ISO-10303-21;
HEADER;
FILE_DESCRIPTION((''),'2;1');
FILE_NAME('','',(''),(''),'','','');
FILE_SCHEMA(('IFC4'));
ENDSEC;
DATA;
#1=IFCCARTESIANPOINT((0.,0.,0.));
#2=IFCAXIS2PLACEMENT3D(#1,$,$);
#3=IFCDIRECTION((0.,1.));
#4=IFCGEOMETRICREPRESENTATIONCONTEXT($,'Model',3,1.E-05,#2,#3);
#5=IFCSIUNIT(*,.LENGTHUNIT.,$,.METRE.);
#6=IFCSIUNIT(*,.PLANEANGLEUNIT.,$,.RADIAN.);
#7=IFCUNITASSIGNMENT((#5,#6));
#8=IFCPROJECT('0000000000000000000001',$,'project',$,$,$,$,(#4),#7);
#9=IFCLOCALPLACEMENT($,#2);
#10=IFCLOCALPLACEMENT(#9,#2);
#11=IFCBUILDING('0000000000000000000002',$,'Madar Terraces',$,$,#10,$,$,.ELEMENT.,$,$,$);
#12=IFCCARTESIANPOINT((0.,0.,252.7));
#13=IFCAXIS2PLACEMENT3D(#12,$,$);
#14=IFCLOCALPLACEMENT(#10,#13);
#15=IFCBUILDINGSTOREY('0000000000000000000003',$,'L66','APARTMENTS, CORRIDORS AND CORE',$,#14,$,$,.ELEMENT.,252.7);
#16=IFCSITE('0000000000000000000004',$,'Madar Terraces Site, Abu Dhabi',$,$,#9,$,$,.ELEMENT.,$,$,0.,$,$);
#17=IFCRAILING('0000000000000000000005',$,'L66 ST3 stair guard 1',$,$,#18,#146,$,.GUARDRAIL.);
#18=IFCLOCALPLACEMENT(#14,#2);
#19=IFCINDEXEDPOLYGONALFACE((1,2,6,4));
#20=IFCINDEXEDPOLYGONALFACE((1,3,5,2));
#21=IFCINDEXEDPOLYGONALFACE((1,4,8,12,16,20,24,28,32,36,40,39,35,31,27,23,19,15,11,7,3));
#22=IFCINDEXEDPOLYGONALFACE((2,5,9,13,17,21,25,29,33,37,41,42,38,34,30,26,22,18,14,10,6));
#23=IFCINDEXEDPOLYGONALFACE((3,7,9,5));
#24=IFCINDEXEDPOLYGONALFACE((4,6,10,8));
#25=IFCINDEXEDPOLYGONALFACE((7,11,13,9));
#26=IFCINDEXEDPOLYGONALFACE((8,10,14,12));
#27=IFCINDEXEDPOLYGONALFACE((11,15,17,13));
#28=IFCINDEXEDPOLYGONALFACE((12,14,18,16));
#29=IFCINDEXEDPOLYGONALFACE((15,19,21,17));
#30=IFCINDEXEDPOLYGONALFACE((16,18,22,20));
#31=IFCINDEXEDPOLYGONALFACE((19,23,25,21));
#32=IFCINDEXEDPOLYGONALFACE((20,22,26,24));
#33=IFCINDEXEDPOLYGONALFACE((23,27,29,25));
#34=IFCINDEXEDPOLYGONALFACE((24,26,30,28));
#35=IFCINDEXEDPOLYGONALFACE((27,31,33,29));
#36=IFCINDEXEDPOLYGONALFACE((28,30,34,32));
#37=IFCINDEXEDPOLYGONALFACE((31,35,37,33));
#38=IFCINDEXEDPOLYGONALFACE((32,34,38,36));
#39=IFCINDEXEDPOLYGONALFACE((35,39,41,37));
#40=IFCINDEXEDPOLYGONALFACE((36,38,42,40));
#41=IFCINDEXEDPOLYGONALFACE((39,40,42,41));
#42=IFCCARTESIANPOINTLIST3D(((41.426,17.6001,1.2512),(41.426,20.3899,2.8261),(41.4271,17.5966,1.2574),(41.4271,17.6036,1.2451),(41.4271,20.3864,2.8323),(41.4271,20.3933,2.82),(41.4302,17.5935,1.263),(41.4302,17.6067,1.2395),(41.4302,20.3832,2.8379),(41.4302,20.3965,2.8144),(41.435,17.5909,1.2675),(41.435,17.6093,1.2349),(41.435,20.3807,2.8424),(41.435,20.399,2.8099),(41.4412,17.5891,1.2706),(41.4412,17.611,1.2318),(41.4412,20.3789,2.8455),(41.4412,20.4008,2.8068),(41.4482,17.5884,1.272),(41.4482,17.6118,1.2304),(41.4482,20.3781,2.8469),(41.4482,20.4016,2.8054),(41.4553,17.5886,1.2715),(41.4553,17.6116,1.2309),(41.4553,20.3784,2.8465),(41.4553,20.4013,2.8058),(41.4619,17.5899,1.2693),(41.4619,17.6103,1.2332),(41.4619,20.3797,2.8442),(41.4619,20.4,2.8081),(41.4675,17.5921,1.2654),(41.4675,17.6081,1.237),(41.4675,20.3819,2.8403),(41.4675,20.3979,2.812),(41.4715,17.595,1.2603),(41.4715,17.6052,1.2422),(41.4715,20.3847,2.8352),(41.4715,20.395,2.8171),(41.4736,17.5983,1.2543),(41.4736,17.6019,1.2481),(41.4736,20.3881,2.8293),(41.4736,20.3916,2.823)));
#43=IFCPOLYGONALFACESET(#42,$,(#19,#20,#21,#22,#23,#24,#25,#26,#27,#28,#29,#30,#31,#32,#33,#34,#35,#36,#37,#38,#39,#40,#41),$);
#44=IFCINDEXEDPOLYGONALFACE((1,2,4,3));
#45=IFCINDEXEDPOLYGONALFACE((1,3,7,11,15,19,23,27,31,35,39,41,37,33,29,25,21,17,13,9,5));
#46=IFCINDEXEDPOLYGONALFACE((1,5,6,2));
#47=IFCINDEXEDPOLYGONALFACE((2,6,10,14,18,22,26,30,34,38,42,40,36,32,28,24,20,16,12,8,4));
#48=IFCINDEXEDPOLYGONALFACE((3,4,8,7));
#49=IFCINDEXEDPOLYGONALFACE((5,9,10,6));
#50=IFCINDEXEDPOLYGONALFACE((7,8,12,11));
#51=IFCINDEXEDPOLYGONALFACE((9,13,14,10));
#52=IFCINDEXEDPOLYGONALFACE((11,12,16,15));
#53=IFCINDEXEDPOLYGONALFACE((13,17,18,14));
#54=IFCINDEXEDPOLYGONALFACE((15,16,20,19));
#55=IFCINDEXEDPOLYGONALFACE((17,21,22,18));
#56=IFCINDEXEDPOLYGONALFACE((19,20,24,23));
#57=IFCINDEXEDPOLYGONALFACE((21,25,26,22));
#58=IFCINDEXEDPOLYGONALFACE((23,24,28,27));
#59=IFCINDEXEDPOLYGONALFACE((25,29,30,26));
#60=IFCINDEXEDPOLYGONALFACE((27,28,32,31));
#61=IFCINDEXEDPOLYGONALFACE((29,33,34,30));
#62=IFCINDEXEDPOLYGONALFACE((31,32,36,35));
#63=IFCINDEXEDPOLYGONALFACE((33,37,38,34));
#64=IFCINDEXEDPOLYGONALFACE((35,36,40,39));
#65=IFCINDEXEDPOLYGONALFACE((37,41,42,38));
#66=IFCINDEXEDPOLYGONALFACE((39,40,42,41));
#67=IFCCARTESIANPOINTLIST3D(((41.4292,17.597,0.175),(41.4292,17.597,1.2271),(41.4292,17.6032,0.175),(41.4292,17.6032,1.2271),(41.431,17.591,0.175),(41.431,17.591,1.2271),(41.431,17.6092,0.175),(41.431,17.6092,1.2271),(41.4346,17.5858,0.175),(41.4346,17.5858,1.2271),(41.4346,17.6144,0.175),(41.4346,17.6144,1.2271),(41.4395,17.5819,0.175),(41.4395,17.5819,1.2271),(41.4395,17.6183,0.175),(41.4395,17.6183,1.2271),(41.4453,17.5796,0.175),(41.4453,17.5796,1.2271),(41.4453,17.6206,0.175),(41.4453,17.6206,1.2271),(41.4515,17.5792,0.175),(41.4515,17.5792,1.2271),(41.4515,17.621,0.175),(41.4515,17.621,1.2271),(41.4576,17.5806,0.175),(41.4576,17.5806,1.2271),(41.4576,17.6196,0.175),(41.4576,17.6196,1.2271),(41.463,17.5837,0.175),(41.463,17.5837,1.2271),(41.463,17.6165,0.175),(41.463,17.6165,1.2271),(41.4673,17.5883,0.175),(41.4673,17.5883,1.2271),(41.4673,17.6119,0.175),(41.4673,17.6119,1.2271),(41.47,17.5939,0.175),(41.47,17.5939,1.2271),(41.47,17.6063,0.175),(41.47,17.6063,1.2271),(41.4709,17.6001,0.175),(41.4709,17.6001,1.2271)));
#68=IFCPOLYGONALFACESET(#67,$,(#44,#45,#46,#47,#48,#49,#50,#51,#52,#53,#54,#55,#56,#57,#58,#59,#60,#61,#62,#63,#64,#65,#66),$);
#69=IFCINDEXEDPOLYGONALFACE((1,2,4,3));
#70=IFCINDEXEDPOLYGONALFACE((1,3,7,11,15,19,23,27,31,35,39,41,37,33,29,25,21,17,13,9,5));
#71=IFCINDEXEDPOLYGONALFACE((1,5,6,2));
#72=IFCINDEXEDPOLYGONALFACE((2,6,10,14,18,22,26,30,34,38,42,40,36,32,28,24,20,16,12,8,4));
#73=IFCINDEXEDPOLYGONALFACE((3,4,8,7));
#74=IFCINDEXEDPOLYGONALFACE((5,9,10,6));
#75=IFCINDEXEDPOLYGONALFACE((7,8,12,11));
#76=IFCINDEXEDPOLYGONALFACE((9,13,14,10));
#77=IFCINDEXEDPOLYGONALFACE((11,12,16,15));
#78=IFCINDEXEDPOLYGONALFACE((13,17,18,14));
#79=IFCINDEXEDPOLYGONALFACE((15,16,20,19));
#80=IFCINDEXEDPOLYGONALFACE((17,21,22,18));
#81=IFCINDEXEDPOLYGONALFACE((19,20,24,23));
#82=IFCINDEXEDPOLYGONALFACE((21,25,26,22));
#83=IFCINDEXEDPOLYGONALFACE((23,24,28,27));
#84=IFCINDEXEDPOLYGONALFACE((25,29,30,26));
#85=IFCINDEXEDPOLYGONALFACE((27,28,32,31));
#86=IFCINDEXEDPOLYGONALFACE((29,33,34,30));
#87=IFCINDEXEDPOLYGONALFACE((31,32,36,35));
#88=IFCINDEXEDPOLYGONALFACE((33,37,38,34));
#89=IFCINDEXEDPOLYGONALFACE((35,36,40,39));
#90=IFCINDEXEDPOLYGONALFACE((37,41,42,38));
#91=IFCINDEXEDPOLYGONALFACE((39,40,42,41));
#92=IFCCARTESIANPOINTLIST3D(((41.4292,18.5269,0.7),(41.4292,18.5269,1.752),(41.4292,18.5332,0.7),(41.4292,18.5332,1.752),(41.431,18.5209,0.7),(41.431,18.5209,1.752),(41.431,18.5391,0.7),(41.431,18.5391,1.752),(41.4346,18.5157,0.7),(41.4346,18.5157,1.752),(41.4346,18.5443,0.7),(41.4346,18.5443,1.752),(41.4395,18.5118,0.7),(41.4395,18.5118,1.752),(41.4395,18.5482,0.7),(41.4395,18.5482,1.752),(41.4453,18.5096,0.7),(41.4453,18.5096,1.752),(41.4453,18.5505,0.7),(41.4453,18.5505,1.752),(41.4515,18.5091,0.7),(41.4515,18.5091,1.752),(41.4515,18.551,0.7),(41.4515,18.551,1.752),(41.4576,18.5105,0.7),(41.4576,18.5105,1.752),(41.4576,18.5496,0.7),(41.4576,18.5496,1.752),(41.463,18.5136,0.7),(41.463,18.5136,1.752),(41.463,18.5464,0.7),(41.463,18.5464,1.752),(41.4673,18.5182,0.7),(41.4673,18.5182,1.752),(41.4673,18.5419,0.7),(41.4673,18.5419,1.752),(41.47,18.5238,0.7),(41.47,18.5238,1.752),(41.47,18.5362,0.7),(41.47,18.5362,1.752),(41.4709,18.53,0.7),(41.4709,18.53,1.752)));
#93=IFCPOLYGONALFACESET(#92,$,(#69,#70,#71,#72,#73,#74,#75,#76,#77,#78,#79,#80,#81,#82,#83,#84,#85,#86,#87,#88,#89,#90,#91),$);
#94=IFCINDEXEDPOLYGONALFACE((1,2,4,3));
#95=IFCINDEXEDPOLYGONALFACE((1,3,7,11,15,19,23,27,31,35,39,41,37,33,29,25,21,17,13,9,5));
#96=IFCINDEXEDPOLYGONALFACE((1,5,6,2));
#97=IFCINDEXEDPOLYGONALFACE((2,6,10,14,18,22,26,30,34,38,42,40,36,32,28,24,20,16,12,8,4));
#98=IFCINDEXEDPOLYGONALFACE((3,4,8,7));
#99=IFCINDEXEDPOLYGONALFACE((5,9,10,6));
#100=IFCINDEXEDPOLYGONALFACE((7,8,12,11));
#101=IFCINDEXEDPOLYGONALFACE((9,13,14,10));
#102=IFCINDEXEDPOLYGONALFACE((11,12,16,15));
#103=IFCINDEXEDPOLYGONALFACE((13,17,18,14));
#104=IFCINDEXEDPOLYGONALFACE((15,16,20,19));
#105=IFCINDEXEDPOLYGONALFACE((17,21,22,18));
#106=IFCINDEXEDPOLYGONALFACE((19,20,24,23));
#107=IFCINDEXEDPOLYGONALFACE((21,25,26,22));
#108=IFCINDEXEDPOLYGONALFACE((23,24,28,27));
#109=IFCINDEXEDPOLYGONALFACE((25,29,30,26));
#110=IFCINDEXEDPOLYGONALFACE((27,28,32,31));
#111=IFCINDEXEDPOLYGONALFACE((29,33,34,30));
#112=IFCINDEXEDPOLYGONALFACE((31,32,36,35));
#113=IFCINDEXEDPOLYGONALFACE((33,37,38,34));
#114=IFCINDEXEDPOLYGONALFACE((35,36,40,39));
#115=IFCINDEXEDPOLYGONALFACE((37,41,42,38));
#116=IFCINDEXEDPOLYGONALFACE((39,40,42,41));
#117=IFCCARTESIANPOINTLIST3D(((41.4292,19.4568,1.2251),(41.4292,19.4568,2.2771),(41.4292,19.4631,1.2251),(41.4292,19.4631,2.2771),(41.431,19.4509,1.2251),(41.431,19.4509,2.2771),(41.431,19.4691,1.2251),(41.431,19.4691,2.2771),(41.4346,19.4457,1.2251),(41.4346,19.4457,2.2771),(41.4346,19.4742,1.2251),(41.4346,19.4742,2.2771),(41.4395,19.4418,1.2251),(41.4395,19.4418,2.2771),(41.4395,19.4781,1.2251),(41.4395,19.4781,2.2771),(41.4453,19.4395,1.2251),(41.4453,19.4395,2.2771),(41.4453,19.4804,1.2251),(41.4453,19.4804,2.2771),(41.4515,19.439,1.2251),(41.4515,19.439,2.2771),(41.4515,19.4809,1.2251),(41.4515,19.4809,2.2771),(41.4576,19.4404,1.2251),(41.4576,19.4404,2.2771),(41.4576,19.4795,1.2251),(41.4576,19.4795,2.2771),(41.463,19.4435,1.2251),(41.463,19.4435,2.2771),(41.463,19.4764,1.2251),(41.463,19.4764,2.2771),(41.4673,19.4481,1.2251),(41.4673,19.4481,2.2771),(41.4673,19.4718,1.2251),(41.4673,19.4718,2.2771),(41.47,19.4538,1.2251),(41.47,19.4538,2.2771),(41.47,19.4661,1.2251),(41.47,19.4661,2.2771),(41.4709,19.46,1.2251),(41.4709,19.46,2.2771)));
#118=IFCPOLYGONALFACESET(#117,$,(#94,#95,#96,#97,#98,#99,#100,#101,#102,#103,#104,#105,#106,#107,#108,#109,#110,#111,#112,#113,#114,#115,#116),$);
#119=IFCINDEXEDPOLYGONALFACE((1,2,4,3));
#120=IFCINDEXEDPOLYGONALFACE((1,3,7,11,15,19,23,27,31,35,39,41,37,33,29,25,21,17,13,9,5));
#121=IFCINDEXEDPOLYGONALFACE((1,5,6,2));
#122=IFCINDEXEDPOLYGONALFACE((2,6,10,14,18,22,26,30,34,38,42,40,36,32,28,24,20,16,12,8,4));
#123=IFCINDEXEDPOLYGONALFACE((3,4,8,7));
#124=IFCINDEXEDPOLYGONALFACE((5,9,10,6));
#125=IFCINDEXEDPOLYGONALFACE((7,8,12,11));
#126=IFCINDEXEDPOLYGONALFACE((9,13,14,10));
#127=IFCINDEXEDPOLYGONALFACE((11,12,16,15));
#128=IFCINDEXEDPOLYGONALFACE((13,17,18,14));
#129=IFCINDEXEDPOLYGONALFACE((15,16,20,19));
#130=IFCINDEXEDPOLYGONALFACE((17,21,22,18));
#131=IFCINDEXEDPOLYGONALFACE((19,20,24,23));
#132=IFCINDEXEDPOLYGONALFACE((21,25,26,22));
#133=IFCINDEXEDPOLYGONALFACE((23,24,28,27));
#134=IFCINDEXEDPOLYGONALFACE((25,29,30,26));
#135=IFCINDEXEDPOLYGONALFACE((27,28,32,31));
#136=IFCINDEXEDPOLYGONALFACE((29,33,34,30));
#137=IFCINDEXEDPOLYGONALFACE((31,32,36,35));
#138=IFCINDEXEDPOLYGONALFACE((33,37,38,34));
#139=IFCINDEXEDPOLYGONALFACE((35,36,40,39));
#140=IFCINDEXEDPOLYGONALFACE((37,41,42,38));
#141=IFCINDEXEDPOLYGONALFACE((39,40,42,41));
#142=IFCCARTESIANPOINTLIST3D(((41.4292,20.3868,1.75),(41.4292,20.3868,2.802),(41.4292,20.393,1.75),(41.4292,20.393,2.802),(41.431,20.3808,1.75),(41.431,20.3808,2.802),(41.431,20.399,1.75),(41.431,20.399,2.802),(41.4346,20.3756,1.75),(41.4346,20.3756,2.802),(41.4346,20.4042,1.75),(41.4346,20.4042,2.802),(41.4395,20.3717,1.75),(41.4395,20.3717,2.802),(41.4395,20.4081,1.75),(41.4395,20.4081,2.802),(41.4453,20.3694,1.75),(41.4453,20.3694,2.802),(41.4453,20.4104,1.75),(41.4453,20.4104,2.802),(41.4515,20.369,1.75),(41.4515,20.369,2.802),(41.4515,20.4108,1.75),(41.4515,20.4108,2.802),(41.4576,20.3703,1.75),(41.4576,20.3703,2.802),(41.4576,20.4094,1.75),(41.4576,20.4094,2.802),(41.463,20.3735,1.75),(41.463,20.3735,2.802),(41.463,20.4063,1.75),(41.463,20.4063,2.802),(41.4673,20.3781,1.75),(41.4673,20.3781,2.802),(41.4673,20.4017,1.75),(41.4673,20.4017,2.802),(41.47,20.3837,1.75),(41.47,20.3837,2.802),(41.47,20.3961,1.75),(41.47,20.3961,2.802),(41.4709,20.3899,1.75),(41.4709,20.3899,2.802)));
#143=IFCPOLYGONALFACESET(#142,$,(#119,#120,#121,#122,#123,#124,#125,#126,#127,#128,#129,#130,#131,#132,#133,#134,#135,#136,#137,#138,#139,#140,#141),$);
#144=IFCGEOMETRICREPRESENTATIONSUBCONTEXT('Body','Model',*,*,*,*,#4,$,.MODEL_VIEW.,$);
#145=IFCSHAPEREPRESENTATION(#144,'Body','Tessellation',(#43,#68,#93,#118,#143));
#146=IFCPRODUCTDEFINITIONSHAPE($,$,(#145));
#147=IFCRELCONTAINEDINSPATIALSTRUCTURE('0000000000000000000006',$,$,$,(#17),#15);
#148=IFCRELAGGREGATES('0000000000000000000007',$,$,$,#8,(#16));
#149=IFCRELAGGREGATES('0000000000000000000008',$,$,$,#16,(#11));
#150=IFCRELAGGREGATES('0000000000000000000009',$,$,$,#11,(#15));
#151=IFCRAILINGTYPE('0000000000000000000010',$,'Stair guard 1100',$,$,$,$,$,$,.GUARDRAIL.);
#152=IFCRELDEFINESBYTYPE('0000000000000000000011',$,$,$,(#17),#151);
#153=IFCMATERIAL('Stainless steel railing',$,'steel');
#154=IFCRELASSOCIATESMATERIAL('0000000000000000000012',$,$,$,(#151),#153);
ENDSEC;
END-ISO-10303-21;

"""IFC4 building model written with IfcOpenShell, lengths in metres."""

from ifc_helpers import new_model, si_unit, direction, frame, origin, origin_2d, place, context, subcontext, project, spatial, circle, extrude, material, type_object, element, save


model = new_model("IFC4")

# Units and contexts
model_context = context("Model", 3, precision=1e-05, world=origin(), true_north=direction((0.0, 1.0)))
body_context = subcontext(model_context, "Body", "Model", "MODEL_VIEW")
ifc_project = project(units=[si_unit("LENGTHUNIT", "METRE"), si_unit("PLANEANGLEUNIT", "RADIAN")], contexts=[model_context])

# Site, building, storey
site_placement = place(None, origin())
site = spatial("IfcSite", under=ifc_project, at=site_placement, Name="Madar Terraces Site, Abu Dhabi", CompositionType="ELEMENT", RefElevation=0.0)
building_placement = place(site_placement, origin())
building = spatial("IfcBuilding", under=site, at=building_placement, Name="Madar Terraces", CompositionType="ELEMENT")
storey_placement = place(building_placement, frame((0.0, 0.0, 252.7)))
storey = spatial("IfcBuildingStorey", under=building, at=storey_placement, Name="L66", Description="APARTMENTS, CORRIDORS AND CORE", CompositionType="ELEMENT", Elevation=252.7)

# Railing
ifc_material_1 = material(Name="Stainless steel railing", Category="steel")
railing_type_1 = type_object("IfcRailingType", Name="Stair guard 1100", PredefinedType="GUARDRAIL", material=ifc_material_1)
railing_1_placement = place(storey_placement, frame((41.45, 17.6001, 0.175)))
element("IfcRailing", 1, at=railing_1_placement, inside=storey, type_object=railing_type_1, Name="L66 ST3 stair guard 1", PredefinedType="GUARDRAIL", context=body_context, shape_type="SweptSolid", body=[
    extrude(circle(Radius=0.0239, at=origin_2d()), frame((0.0, 0.0, 1.0762), z_axis=(0.0, 0.870815, 0.49161), x_axis=(-1.0, 0.0, 0.0)), (0.0, 0.0, 1.0), 3.2036),
    extrude(circle(Radius=0.021, at=origin_2d()), origin(), (0.0, 0.0, 1.0), 1.052),
    extrude(circle(Radius=0.021, at=origin_2d()), frame((0.0, 0.9299, 0.5249)), (0.0, 0.0, 1.0), 1.052),
    extrude(circle(Radius=0.021, at=origin_2d()), frame((0.0, 1.8599, 1.05)), (0.0, 0.0, 1.0), 1.052),
    extrude(circle(Radius=0.021, at=origin_2d()), frame((0.0, 2.7898, 1.575)), (0.0, 0.0, 1.0), 1.052),
])

save(model, "model.ifc")
